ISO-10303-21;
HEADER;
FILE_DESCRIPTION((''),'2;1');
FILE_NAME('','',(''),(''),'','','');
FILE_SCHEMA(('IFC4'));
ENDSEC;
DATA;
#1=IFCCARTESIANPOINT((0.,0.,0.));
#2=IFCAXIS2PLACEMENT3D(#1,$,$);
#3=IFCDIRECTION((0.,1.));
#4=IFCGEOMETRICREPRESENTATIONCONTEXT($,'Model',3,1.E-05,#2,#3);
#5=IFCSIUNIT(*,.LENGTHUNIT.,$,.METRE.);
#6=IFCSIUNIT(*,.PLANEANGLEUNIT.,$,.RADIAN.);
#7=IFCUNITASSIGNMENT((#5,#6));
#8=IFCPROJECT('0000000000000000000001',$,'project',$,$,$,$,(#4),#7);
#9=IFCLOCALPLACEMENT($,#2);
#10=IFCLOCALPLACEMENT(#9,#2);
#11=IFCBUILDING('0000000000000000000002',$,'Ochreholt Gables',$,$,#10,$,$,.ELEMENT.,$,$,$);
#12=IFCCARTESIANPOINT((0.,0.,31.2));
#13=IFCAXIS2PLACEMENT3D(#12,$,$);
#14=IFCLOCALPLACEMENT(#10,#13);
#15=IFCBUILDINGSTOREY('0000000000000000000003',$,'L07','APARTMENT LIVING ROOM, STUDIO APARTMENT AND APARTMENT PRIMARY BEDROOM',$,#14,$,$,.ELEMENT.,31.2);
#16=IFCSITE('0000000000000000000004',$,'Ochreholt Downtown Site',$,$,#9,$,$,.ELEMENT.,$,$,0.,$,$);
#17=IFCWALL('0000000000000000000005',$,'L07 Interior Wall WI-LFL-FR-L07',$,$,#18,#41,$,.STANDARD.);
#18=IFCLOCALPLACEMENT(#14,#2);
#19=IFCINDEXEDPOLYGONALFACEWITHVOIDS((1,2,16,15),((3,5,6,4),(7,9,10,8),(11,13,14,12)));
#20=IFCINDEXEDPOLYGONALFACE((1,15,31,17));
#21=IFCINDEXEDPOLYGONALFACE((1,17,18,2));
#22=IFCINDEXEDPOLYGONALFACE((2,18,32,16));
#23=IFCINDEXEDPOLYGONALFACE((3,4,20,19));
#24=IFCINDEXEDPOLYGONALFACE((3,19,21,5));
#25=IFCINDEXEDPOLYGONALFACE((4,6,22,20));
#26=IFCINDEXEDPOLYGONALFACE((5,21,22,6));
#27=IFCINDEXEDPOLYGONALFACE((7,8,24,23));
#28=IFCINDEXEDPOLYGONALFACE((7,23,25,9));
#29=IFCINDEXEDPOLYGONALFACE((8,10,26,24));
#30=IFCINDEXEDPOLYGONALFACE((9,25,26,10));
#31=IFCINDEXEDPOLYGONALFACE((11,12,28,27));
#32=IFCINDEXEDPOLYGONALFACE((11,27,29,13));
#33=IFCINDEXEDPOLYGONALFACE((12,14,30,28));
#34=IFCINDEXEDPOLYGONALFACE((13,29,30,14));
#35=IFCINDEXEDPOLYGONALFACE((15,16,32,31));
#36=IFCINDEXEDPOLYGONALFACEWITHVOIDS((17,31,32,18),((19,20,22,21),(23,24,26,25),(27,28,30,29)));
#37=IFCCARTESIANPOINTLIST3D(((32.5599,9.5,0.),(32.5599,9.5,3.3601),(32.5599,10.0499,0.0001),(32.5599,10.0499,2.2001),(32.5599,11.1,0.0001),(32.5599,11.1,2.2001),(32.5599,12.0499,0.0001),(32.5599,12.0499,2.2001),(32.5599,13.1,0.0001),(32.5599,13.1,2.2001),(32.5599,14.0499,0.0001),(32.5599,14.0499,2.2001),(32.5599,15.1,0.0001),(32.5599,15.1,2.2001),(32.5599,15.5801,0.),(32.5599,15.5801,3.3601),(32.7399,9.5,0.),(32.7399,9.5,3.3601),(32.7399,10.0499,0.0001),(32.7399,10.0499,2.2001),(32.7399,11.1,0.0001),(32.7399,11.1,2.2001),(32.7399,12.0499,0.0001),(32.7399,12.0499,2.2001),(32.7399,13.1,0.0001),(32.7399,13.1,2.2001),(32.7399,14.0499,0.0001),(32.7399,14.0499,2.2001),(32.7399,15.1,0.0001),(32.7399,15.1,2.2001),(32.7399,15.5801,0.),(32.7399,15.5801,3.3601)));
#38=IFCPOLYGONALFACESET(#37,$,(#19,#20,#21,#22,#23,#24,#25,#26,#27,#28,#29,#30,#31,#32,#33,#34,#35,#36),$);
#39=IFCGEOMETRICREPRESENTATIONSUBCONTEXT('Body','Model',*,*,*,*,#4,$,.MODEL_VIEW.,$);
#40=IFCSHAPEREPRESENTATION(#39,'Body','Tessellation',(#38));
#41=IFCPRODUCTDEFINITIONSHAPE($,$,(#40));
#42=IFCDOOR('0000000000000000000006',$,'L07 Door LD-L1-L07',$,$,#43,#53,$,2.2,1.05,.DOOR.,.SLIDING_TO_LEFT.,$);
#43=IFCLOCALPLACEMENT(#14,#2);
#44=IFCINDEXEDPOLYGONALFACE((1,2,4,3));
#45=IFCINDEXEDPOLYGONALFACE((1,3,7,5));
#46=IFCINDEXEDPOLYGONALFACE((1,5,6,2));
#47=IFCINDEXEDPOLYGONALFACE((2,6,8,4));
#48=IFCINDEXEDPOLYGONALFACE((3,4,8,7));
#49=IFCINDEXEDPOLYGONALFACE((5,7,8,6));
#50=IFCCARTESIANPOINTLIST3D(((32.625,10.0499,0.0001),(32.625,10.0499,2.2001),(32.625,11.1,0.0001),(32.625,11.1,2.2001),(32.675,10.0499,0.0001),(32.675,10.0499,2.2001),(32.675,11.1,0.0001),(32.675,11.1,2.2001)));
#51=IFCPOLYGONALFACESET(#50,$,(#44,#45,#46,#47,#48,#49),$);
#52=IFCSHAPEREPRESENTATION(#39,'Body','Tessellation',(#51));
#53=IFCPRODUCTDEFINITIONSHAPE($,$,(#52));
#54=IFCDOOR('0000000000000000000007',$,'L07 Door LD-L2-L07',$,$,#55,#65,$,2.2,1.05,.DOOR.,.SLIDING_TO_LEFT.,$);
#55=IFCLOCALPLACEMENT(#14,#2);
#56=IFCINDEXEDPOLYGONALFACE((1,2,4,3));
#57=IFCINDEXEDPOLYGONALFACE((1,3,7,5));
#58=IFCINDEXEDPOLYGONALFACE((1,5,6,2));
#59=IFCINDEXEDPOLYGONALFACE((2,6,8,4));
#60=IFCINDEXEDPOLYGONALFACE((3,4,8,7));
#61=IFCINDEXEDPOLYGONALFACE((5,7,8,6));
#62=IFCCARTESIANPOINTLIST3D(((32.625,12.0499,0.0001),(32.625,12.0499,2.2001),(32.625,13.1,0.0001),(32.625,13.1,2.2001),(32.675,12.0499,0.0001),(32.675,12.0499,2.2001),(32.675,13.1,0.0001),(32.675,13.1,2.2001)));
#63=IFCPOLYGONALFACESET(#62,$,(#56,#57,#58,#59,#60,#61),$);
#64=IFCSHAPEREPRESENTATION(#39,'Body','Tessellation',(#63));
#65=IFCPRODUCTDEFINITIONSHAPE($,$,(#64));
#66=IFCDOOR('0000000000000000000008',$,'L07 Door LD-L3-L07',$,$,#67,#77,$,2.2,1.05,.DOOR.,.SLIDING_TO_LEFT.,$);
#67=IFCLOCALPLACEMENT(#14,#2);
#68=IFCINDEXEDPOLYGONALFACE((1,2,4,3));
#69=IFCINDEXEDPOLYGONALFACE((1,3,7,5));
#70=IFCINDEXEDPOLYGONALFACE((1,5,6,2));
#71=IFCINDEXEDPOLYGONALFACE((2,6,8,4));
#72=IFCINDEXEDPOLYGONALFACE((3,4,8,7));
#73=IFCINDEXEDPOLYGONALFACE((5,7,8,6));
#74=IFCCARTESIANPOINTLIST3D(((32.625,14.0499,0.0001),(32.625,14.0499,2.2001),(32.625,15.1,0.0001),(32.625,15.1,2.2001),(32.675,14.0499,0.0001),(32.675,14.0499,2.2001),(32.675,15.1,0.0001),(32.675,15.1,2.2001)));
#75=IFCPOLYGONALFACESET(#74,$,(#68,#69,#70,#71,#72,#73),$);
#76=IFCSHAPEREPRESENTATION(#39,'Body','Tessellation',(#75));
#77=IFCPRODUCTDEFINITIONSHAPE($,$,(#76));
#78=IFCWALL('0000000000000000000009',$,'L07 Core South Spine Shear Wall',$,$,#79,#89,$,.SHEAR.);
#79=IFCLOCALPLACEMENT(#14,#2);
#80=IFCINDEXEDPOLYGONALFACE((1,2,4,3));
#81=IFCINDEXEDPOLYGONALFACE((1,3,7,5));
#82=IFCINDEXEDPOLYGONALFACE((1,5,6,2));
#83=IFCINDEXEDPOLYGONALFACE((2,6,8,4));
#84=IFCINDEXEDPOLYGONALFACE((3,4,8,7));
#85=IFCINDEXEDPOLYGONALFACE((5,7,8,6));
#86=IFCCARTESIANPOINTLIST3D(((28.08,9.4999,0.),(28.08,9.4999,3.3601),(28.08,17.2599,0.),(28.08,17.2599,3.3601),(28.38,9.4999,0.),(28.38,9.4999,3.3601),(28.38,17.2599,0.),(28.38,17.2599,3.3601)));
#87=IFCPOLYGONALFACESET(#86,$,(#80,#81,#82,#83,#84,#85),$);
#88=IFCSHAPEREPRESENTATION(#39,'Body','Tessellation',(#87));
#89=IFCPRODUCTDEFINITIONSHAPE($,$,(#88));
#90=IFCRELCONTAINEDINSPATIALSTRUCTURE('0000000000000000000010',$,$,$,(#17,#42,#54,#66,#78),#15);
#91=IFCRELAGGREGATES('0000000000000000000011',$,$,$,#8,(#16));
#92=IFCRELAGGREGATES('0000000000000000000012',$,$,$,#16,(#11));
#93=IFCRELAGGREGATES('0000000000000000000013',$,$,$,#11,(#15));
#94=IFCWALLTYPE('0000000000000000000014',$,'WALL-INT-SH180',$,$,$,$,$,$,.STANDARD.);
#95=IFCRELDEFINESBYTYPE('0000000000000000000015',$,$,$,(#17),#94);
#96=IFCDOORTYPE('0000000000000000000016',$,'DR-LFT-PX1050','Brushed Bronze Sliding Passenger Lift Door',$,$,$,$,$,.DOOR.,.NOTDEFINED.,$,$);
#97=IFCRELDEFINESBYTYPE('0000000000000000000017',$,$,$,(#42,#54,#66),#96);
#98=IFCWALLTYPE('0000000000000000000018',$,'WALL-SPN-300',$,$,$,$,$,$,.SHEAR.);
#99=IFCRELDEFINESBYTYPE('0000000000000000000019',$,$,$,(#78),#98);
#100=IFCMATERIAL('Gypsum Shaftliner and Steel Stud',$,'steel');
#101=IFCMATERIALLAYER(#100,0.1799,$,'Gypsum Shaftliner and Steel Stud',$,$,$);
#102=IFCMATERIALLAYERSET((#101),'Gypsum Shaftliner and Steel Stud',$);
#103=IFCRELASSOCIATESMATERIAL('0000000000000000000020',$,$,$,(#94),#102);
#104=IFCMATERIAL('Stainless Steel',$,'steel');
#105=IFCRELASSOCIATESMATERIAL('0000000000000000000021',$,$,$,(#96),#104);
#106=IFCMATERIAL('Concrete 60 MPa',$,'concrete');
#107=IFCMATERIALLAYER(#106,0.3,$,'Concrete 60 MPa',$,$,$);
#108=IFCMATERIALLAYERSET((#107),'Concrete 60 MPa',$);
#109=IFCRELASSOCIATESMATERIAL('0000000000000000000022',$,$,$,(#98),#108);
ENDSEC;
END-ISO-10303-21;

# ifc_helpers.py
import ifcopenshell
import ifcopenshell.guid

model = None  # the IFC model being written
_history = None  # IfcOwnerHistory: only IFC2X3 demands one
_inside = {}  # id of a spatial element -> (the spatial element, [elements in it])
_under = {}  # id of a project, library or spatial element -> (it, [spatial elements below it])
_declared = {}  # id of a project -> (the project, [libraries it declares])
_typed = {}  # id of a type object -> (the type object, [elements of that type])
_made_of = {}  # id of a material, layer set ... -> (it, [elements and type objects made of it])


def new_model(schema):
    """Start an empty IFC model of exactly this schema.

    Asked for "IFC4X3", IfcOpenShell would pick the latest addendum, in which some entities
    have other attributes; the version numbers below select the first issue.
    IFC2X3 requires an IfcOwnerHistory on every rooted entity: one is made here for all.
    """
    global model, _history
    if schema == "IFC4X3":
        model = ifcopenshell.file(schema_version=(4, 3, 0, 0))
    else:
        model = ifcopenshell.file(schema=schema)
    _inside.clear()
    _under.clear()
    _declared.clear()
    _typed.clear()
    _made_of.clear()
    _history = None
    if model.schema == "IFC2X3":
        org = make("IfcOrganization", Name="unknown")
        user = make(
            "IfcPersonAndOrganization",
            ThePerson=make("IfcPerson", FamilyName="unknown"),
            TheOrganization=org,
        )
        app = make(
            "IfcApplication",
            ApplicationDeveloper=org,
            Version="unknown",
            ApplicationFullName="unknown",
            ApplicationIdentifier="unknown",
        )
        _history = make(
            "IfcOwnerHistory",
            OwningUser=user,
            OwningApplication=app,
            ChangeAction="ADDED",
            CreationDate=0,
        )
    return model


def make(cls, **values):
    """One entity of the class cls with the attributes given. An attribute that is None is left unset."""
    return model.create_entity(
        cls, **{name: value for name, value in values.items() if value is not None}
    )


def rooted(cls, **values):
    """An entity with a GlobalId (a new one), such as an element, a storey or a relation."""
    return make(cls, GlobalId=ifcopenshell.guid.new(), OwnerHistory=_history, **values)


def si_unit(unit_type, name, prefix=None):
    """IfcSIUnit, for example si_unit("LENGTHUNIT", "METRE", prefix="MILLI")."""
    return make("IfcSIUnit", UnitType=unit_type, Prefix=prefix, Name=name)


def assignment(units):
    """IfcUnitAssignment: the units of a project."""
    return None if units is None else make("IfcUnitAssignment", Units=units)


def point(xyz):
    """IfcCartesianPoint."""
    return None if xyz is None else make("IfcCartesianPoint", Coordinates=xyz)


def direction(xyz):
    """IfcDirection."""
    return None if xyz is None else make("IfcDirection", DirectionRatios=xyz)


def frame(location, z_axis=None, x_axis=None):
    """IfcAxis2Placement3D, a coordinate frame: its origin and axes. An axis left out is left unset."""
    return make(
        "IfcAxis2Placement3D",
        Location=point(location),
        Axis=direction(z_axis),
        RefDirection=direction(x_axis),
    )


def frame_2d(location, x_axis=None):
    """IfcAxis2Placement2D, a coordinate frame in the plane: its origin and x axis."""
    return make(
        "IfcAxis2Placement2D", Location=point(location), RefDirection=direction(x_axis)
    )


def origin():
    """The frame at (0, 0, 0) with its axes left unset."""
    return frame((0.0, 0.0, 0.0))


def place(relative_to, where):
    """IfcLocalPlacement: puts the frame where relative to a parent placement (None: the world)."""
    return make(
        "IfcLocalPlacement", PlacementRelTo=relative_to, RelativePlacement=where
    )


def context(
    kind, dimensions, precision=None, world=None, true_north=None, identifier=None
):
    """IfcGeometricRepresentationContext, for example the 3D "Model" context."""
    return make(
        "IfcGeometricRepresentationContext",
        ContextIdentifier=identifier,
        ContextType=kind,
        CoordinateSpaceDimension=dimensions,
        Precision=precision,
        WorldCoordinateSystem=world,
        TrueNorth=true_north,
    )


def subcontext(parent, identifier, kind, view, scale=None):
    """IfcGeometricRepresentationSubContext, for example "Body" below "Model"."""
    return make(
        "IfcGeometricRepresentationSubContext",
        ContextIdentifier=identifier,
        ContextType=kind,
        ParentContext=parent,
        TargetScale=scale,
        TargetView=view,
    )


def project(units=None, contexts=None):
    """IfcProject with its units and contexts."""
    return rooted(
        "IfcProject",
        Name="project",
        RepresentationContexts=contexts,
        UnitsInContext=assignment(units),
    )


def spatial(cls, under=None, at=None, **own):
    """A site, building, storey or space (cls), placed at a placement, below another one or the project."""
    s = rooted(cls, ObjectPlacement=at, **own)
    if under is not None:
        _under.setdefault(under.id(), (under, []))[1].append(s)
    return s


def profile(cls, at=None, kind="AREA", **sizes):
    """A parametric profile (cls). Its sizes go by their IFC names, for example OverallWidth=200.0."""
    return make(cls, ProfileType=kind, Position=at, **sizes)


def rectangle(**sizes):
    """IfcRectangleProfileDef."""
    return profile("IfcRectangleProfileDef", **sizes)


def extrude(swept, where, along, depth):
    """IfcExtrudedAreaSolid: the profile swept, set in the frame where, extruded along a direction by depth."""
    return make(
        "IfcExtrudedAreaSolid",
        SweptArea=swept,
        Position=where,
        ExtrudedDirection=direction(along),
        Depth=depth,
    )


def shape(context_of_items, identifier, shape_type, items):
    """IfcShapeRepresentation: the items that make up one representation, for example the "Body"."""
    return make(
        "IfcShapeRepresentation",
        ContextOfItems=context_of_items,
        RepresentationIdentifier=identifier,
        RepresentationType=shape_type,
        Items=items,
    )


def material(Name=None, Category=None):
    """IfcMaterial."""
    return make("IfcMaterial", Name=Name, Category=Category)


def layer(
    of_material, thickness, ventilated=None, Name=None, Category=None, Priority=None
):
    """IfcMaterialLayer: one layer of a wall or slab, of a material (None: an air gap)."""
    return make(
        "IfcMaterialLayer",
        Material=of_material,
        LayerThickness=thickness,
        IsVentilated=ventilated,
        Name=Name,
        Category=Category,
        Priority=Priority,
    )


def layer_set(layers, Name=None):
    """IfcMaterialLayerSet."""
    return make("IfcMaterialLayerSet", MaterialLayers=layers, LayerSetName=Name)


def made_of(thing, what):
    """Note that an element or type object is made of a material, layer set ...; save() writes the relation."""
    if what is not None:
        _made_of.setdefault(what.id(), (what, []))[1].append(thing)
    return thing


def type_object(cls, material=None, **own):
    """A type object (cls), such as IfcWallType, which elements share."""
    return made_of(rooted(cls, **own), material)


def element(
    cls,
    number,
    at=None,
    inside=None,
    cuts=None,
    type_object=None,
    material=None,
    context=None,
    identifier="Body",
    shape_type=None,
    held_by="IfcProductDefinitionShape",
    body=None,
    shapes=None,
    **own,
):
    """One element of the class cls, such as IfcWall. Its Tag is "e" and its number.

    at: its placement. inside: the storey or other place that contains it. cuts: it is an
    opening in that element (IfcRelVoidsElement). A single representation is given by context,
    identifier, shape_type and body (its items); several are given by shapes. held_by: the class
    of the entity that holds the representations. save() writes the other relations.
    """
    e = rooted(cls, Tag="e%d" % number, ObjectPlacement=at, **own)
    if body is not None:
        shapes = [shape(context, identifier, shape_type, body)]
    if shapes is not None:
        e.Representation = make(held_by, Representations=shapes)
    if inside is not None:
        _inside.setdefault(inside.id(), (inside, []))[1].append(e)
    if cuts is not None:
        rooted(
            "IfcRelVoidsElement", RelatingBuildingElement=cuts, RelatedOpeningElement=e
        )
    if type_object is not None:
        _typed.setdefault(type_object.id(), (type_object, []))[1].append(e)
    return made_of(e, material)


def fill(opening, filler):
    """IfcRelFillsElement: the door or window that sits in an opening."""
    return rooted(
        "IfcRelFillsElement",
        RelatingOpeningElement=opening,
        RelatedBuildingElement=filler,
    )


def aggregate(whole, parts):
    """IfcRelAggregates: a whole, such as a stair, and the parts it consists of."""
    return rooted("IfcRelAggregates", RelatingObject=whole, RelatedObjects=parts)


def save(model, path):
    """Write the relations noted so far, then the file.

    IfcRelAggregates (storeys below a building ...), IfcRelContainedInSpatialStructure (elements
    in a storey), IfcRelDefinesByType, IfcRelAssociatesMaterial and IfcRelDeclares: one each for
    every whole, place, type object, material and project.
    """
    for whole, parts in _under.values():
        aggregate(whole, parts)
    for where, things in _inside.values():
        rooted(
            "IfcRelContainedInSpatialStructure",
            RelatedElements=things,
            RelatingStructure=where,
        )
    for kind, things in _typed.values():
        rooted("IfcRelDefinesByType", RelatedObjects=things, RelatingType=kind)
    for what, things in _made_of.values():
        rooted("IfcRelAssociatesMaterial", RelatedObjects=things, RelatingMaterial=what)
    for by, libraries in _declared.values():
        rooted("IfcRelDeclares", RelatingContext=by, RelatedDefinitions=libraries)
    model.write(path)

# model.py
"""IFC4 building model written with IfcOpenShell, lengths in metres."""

from ifc_helpers import new_model, si_unit, direction, frame, frame_2d, origin, place, context, subcontext, project, spatial, rectangle, extrude, material, layer, layer_set, type_object, element, fill, save


model = new_model("IFC4")

# Units and contexts
model_context = context("Model", 3, precision=1e-05, world=origin(), true_north=direction((0.0, 1.0)))
body_context = subcontext(model_context, "Body", "Model", "MODEL_VIEW")
ifc_project = project(units=[si_unit("LENGTHUNIT", "METRE"), si_unit("PLANEANGLEUNIT", "RADIAN")], contexts=[model_context])

# Site, building, storey
site_placement = place(None, origin())
site = spatial("IfcSite", under=ifc_project, at=site_placement, Name="Ochreholt Downtown Site", CompositionType="ELEMENT", RefElevation=0.0)
building_placement = place(site_placement, origin())
building = spatial("IfcBuilding", under=site, at=building_placement, Name="Ochreholt Gables", CompositionType="ELEMENT")
storey_placement = place(building_placement, frame((0.0, 0.0, 31.2)))
storey = spatial("IfcBuildingStorey", under=building, at=storey_placement, Name="L07", Description="APARTMENT LIVING ROOM, STUDIO APARTMENT AND APARTMENT PRIMARY BEDROOM", CompositionType="ELEMENT", Elevation=31.2)

# Shared definitions
ifc_material_1 = material(Name="Concrete 60 MPa", Category="concrete")

# Wall, openings, doors
ifc_material_2 = material(Name="Gypsum Shaftliner and Steel Stud", Category="steel")
ifc_layer_1 = layer(ifc_material_2, 0.1799, Name="Gypsum Shaftliner and Steel Stud")
ifc_layer_set_1 = layer_set([ifc_layer_1], Name="Gypsum Shaftliner and Steel Stud")
wall_type_1 = type_object("IfcWallType", Name="WALL-INT-SH180", PredefinedType="STANDARD", material=ifc_layer_set_1)
wall_1_placement = place(storey_placement, frame((32.6499, 9.5, 0.0), z_axis=(0.0, 0.0, 1.0), x_axis=(0.0, 1.0, 0.0)))
wall_1 = element("IfcWall", 1, at=wall_1_placement, inside=storey, type_object=wall_type_1, Name="L07 Interior Wall WI-LFL-FR-L07", PredefinedType="STANDARD", context=body_context, shape_type="SweptSolid", body=[
    extrude(rectangle(XDim=6.0801, YDim=0.1799, at=frame_2d((3.04, 0.0))), origin(), (0.0, 0.0, 1.0), 3.3601),
])
opening_1_placement = place(wall_1_placement, frame((0.55, 0.0, 0.0)))
opening_1 = element("IfcOpeningElement", 2, at=opening_1_placement, cuts=wall_1, PredefinedType="OPENING", context=body_context, shape_type="SweptSolid", body=[
    extrude(rectangle(XDim=1.05, YDim=2.2, at=frame_2d((0.5249, 1.1001))), frame((0.0, 0.0999, 0.0), z_axis=(0.0, -1.0, 0.0), x_axis=(1.0, 0.0, 0.0)), (0.0, 0.0, 1.0), 0.2),
])
opening_2_placement = place(wall_1_placement, frame((2.55, 0.0, 0.0)))
opening_2 = element("IfcOpeningElement", 3, at=opening_2_placement, cuts=wall_1, PredefinedType="OPENING", context=body_context, shape_type="SweptSolid", body=[
    extrude(rectangle(XDim=1.05, YDim=2.2, at=frame_2d((0.5249, 1.1001))), frame((0.0, 0.0999, 0.0), z_axis=(0.0, -1.0, 0.0), x_axis=(1.0, 0.0, 0.0)), (0.0, 0.0, 1.0), 0.2),
])
opening_3_placement = place(wall_1_placement, frame((4.55, 0.0, 0.0)))
opening_3 = element("IfcOpeningElement", 4, at=opening_3_placement, cuts=wall_1, PredefinedType="OPENING", context=body_context, shape_type="SweptSolid", body=[
    extrude(rectangle(XDim=1.05, YDim=2.2, at=frame_2d((0.5249, 1.1001))), frame((0.0, 0.0999, 0.0), z_axis=(0.0, -1.0, 0.0), x_axis=(1.0, 0.0, 0.0)), (0.0, 0.0, 1.0), 0.2),
])
ifc_material_3 = material(Name="Stainless Steel", Category="steel")
door_type_1 = type_object("IfcDoorType", Name="DR-LFT-PX1050", Description="Brushed Bronze Sliding Passenger Lift Door", OperationType="NOTDEFINED", PredefinedType="DOOR", material=ifc_material_3)
door_1_placement = place(opening_1_placement, origin())
door_1 = element("IfcDoor", 5, at=door_1_placement, inside=storey, type_object=door_type_1, Name="L07 Door LD-L1-L07", OperationType="SLIDING_TO_LEFT", OverallHeight=2.2, OverallWidth=1.05, PredefinedType="DOOR", context=body_context, shape_type="SweptSolid", body=[
    extrude(rectangle(XDim=1.05, YDim=2.2, at=frame_2d((0.5249, 1.1001))), frame((0.0, 0.0249, 0.0), z_axis=(0.0, -1.0, 0.0), x_axis=(1.0, 0.0, 0.0)), (0.0, 0.0, 1.0), 0.05),
])
fill(opening_1, door_1)
door_2_placement = place(opening_2_placement, origin())
door_2 = element("IfcDoor", 6, at=door_2_placement, inside=storey, type_object=door_type_1, Name="L07 Door LD-L2-L07", OperationType="SLIDING_TO_LEFT", OverallHeight=2.2, OverallWidth=1.05, PredefinedType="DOOR", context=body_context, shape_type="SweptSolid", body=[
    extrude(rectangle(XDim=1.05, YDim=2.2, at=frame_2d((0.5249, 1.1001))), frame((0.0, 0.0249, 0.0), z_axis=(0.0, -1.0, 0.0), x_axis=(1.0, 0.0, 0.0)), (0.0, 0.0, 1.0), 0.05),
])
fill(opening_2, door_2)
door_3_placement = place(opening_3_placement, origin())
door_3 = element("IfcDoor", 7, at=door_3_placement, inside=storey, type_object=door_type_1, Name="L07 Door LD-L3-L07", OperationType="SLIDING_TO_LEFT", OverallHeight=2.2, OverallWidth=1.05, PredefinedType="DOOR", context=body_context, shape_type="SweptSolid", body=[
    extrude(rectangle(XDim=1.05, YDim=2.2, at=frame_2d((0.5249, 1.1001))), frame((0.0, 0.0249, 0.0), z_axis=(0.0, -1.0, 0.0), x_axis=(1.0, 0.0, 0.0)), (0.0, 0.0, 1.0), 0.05),
])
fill(opening_3, door_3)

# Wall
ifc_layer_2 = layer(ifc_material_1, 0.3, Name="Concrete 60 MPa")
ifc_layer_set_2 = layer_set([ifc_layer_2], Name="Concrete 60 MPa")
wall_type_2 = type_object("IfcWallType", Name="WALL-SPN-300", PredefinedType="SHEAR", material=ifc_layer_set_2)
wall_2_placement = place(storey_placement, frame((28.23, 9.5, 0.0), z_axis=(0.0, 0.0, 1.0), x_axis=(0.0, 1.0, 0.0)))
element("IfcWall", 8, at=wall_2_placement, inside=storey, type_object=wall_type_2, Name="L07 Core South Spine Shear Wall", PredefinedType="SHEAR", context=body_context, shape_type="SweptSolid", body=[
    extrude(rectangle(XDim=7.76, YDim=0.3, at=frame_2d((3.8799, 0.0))), origin(), (0.0, 0.0, 1.0), 3.3601),
])

save(model, "model.ifc")
